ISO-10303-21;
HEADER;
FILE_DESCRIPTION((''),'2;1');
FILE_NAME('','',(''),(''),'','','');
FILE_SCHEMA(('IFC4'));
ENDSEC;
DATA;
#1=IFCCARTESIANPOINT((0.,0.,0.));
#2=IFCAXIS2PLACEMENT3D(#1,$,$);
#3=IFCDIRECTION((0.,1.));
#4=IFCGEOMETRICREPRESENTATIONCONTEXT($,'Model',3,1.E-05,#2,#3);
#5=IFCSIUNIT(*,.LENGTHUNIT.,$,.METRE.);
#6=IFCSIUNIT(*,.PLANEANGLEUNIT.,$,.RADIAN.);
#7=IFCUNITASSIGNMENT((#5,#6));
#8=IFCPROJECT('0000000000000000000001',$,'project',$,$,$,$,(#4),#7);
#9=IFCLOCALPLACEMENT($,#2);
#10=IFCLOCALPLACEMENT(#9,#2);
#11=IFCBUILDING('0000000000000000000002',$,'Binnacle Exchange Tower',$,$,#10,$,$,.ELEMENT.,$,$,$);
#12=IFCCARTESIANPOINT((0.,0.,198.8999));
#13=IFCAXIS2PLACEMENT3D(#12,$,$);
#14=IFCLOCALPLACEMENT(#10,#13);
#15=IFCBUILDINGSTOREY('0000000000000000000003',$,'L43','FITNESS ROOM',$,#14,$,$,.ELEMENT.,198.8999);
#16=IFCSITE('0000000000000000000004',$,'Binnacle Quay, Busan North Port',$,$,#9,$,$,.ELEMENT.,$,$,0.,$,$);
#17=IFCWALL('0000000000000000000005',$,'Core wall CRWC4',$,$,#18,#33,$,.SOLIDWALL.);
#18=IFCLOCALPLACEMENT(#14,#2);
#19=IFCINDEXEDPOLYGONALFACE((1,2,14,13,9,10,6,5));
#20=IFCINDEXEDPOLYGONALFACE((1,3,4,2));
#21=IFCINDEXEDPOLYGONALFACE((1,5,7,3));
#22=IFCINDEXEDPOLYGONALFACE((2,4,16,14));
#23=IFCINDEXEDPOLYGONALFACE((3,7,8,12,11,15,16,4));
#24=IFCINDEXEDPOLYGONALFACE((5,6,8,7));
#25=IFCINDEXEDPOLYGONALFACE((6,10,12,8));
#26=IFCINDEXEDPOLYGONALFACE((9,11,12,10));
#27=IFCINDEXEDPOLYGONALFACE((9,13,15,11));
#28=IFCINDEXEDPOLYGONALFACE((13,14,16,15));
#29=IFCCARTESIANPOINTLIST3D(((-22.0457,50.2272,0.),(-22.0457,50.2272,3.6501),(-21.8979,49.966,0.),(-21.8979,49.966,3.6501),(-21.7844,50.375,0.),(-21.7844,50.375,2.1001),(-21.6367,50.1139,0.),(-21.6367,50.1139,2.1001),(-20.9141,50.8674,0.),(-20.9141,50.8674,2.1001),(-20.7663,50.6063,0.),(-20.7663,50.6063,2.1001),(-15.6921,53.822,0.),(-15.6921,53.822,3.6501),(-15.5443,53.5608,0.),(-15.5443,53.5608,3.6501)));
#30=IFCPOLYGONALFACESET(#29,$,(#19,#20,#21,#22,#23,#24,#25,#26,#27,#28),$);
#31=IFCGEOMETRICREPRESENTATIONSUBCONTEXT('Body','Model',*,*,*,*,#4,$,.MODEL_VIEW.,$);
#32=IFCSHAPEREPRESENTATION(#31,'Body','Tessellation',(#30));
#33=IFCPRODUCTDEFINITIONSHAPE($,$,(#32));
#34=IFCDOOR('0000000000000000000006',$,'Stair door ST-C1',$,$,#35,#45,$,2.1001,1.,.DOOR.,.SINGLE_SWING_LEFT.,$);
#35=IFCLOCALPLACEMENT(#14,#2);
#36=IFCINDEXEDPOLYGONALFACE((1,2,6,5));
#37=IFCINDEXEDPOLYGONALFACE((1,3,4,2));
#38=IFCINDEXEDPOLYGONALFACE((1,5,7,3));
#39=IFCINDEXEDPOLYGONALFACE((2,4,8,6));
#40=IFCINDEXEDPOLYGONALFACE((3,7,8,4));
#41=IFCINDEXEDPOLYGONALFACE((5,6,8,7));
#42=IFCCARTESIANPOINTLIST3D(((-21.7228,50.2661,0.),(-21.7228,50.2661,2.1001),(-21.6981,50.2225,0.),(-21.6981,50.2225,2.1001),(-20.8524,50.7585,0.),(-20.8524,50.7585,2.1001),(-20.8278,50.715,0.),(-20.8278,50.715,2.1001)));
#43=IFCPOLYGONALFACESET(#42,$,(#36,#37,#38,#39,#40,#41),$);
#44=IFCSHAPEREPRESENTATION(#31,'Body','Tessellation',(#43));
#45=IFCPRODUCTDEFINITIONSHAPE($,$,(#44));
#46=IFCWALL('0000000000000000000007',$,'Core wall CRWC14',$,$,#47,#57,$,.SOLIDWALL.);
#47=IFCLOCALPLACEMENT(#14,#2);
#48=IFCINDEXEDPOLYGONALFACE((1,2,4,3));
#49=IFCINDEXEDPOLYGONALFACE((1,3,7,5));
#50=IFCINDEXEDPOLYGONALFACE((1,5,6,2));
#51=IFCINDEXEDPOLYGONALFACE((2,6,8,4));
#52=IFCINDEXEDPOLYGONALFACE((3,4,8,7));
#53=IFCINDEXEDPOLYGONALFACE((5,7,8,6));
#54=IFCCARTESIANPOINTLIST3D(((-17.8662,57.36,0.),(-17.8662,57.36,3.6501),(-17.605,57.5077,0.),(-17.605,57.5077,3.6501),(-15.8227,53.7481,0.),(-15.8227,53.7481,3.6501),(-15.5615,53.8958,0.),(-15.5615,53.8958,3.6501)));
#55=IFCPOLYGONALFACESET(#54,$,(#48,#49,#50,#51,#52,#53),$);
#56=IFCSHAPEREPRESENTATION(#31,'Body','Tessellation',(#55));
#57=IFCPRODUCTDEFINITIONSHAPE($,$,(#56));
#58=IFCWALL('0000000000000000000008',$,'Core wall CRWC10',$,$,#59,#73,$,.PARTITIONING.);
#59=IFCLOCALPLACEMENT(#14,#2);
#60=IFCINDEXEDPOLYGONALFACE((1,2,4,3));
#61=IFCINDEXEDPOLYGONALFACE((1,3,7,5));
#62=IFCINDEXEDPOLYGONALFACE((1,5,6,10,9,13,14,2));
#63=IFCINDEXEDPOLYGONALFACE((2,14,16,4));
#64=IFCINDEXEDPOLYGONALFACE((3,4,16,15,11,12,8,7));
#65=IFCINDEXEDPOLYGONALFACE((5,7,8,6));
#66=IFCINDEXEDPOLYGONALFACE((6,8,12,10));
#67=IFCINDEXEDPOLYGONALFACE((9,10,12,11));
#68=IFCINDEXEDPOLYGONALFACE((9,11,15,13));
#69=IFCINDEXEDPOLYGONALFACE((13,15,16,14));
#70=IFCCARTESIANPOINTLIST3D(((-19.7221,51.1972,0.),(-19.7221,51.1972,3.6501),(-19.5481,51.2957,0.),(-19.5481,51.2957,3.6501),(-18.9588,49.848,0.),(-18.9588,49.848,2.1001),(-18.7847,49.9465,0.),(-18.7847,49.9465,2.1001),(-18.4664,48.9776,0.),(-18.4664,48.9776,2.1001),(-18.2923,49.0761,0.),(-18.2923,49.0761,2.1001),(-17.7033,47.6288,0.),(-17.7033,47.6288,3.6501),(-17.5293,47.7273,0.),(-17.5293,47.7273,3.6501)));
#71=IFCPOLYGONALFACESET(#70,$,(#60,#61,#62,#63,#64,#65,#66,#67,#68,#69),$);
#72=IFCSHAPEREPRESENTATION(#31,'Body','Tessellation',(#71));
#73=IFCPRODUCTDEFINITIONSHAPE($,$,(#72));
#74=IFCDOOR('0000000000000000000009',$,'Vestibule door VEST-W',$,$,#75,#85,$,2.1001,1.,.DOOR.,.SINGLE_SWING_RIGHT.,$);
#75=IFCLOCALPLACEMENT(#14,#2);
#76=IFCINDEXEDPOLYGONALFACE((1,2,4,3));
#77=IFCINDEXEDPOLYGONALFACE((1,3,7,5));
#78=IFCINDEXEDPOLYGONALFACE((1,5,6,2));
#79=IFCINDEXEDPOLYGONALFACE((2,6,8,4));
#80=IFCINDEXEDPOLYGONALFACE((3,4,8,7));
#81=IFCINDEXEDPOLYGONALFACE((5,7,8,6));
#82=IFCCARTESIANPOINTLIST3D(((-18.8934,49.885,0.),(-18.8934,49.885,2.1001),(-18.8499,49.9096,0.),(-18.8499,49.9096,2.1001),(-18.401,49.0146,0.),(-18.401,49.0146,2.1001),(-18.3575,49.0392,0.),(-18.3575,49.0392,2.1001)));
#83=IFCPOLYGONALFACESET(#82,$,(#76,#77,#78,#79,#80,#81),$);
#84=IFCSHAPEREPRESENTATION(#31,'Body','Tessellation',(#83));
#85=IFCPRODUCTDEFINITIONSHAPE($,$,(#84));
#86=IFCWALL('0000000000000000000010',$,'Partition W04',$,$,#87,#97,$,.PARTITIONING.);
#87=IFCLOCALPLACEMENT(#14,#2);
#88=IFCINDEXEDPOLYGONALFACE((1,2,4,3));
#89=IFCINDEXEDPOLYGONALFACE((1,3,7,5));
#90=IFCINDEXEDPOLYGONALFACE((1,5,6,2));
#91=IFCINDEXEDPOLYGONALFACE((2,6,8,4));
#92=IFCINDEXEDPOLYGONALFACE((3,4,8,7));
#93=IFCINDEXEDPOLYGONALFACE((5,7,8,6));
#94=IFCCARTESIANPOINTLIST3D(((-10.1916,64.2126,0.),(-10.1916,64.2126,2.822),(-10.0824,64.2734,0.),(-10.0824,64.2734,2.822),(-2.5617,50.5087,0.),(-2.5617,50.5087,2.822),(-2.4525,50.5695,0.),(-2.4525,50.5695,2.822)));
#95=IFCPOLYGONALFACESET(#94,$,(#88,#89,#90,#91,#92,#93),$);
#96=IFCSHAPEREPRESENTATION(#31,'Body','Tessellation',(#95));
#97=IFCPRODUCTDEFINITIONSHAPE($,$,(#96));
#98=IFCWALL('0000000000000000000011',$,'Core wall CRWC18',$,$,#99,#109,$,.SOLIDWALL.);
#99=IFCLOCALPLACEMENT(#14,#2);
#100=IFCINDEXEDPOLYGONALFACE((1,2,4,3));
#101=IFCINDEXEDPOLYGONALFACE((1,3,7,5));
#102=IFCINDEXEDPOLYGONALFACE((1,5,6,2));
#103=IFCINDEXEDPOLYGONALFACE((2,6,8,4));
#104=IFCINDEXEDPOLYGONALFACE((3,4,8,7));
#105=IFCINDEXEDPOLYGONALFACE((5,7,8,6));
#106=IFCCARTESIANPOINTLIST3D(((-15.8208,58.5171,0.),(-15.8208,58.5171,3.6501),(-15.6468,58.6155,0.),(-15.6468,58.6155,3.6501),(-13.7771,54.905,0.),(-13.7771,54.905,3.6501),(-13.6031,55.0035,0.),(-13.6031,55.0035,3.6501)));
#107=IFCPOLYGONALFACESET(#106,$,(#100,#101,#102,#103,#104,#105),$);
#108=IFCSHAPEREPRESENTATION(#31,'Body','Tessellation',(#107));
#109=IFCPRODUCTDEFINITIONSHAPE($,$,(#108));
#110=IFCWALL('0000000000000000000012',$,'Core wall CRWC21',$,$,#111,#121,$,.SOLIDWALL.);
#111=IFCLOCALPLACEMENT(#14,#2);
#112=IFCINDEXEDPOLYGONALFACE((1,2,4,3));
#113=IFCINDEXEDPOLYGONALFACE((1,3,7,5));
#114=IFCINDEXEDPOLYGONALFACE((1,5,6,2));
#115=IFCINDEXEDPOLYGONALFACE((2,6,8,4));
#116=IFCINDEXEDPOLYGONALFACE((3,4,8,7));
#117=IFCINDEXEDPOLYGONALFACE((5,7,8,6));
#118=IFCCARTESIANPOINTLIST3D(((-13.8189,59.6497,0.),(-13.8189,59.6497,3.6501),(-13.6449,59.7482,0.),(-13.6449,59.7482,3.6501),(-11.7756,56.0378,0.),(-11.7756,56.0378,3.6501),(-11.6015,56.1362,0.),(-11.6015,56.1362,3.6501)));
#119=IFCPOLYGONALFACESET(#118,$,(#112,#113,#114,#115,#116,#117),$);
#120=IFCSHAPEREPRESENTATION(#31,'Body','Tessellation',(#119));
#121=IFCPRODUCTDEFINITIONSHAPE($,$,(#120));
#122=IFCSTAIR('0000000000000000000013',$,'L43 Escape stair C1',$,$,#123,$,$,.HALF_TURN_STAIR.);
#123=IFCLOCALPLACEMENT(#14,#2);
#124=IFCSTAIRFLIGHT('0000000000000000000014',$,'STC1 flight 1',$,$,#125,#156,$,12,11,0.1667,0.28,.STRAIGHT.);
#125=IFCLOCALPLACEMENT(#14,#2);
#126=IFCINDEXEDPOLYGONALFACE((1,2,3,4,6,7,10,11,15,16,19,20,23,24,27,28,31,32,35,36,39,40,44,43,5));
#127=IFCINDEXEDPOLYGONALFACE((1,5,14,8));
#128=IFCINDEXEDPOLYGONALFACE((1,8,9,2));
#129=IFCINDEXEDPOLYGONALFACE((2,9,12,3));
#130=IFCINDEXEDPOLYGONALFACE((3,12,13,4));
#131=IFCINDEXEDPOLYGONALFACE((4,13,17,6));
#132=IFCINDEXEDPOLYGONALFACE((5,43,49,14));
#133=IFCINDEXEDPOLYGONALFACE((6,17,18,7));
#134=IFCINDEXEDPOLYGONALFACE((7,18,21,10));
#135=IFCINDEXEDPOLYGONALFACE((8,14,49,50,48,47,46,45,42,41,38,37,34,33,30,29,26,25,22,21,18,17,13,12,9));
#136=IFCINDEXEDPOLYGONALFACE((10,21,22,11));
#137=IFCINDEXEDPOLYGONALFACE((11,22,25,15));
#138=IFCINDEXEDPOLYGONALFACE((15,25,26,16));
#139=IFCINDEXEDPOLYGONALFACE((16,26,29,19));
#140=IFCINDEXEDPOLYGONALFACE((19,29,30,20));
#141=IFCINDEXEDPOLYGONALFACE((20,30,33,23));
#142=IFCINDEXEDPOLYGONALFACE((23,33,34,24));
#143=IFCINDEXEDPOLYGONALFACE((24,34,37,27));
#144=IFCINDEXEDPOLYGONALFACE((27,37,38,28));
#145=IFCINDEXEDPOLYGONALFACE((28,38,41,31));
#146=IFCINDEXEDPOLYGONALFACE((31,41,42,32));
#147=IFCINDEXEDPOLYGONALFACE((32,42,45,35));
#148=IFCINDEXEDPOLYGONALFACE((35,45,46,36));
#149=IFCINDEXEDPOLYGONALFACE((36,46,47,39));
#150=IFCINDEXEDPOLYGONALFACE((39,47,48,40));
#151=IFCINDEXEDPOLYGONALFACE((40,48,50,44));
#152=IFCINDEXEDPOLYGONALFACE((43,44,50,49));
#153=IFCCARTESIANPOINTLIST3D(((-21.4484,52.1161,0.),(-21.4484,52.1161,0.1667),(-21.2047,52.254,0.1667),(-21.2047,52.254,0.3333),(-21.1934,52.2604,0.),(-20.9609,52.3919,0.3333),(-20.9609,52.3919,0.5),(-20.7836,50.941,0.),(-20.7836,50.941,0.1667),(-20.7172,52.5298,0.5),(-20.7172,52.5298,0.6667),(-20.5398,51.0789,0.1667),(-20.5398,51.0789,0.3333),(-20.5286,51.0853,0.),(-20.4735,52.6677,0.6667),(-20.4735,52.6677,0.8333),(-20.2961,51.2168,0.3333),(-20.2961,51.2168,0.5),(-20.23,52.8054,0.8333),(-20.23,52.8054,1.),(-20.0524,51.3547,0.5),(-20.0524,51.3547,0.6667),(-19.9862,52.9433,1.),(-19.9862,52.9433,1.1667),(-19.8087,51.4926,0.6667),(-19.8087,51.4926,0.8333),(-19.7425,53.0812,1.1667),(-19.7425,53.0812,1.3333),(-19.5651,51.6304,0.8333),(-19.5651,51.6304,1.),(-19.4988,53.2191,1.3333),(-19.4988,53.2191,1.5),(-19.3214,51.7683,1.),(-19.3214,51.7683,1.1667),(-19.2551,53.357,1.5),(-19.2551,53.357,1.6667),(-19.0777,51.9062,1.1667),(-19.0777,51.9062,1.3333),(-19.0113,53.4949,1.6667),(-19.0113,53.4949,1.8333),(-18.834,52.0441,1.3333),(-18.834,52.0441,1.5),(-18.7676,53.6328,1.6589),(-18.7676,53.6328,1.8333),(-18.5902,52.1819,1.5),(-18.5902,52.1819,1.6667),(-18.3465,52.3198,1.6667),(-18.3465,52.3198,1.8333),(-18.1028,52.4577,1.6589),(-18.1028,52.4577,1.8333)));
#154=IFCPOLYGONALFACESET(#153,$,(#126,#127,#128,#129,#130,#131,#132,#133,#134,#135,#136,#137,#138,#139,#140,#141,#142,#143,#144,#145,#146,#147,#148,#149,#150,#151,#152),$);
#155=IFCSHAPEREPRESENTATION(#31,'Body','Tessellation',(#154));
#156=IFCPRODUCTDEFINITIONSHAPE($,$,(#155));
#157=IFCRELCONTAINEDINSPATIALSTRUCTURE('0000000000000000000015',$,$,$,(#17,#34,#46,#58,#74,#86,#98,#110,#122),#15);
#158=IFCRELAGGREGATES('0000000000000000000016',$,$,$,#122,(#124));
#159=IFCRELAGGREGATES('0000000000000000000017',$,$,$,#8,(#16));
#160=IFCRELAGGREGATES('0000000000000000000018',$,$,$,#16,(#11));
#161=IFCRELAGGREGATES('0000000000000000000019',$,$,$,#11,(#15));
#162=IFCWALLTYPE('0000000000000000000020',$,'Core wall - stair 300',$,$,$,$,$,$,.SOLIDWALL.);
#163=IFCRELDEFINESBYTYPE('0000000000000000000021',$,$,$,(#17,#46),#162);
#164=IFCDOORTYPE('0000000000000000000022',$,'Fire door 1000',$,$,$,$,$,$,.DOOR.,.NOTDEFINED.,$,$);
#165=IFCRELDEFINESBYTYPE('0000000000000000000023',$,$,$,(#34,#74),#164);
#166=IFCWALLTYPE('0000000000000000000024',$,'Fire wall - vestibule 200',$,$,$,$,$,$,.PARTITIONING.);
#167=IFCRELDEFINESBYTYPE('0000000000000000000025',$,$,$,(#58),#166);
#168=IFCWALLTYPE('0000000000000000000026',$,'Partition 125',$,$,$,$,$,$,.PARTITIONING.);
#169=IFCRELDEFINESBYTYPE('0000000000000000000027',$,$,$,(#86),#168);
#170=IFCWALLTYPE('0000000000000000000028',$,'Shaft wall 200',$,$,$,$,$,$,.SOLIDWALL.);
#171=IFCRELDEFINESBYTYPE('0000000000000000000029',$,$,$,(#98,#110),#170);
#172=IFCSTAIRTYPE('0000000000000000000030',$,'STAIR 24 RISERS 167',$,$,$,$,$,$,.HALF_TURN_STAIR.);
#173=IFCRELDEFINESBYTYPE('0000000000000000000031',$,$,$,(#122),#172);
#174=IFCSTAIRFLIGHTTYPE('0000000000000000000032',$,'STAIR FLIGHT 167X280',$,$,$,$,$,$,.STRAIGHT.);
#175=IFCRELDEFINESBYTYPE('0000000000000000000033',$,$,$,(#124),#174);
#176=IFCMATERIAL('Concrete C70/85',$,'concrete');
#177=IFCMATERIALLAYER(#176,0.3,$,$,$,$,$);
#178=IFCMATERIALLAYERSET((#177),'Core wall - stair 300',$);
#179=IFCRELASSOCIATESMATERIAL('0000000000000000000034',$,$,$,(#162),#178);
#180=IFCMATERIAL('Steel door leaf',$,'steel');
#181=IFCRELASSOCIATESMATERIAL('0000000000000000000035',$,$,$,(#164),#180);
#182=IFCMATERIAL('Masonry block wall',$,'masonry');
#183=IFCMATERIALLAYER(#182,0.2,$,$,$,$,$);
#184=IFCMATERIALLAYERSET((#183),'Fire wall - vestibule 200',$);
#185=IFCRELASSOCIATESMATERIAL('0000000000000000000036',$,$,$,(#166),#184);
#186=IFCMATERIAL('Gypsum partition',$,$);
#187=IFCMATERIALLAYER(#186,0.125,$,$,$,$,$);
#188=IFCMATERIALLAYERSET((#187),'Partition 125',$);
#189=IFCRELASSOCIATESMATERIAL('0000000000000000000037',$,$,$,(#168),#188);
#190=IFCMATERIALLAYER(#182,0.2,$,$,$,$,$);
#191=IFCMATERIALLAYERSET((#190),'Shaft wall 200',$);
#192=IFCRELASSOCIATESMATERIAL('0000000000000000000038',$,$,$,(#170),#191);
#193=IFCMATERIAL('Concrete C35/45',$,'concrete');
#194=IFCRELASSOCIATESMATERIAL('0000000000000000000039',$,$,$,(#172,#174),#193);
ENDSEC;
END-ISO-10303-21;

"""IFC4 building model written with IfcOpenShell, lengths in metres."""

from ifc_helpers import new_model, si_unit, direction, frame, frame_2d, origin, place, context, subcontext, project, spatial, polyline, rectangle, outline, extrude, material, layer, layer_set, type_object, element, fill, aggregate, save


model = new_model("IFC4")

# Units and contexts
model_context = context("Model", 3, precision=1e-05, world=origin(), true_north=direction((0.0, 1.0)))
body_context = subcontext(model_context, "Body", "Model", "MODEL_VIEW")
ifc_project = project(units=[si_unit("LENGTHUNIT", "METRE"), si_unit("PLANEANGLEUNIT", "RADIAN")], contexts=[model_context])

# Site, building, storey
site_placement = place(None, origin())
site = spatial("IfcSite", under=ifc_project, at=site_placement, Name="Binnacle Quay, Busan North Port", CompositionType="ELEMENT", RefElevation=0.0)
building_placement = place(site_placement, origin())
building = spatial("IfcBuilding", under=site, at=building_placement, Name="Binnacle Exchange Tower", CompositionType="ELEMENT")
storey_placement = place(building_placement, frame((0.0, 0.0, 198.8999)))
storey = spatial("IfcBuildingStorey", under=building, at=storey_placement, Name="L43", Description="FITNESS ROOM", CompositionType="ELEMENT", Elevation=198.8999)

# Shared definitions
ifc_material_1 = material(Name="Concrete C70/85", Category="concrete")

# Shared definitions
ifc_material_2 = material(Name="Steel door leaf", Category="steel")

# Wall, opening, door
ifc_layer_1 = layer(ifc_material_1, 0.3)
ifc_layer_set_1 = layer_set([ifc_layer_1], Name="Core wall - stair 300")
wall_type_1 = type_object("IfcWallType", Name="Core wall - stair 300", PredefinedType="SOLIDWALL", material=ifc_layer_set_1)
wall_1_placement = place(storey_placement, frame((-21.9717, 50.0967, 0.0), z_axis=(0.0, 0.0, 1.0), x_axis=(0.870351, 0.492432, 0.0)))
wall_1 = element("IfcWall", 1, at=wall_1_placement, inside=storey, type_object=wall_type_1, Name="Core wall CRWC4", PredefinedType="SOLIDWALL", context=body_context, shape_type="SweptSolid", body=[
    extrude(rectangle(XDim=7.3, YDim=0.3, at=frame_2d((3.6499, 0.0))), origin(), (0.0, 0.0, 1.0), 3.6501),
])
opening_1_placement = place(wall_1_placement, frame((0.3, 0.0, 0.0)))
opening_1 = element("IfcOpeningElement", 2, at=opening_1_placement, cuts=wall_1, PredefinedType="OPENING", context=body_context, shape_type="SweptSolid", body=[
    extrude(rectangle(XDim=1.0, YDim=2.1001, at=frame_2d((0.5, 1.05))), frame((0.0, 0.1599, 0.0), z_axis=(0.0, -1.0, 0.0), x_axis=(1.0, 0.0, 0.0)), (0.0, 0.0, 1.0), 0.3201),
])
door_type_1 = type_object("IfcDoorType", Name="Fire door 1000", OperationType="NOTDEFINED", PredefinedType="DOOR", material=ifc_material_2)
door_1_placement = place(opening_1_placement, origin())
door_1 = element("IfcDoor", 3, at=door_1_placement, inside=storey, type_object=door_type_1, Name="Stair door ST-C1", OperationType="SINGLE_SWING_LEFT", OverallHeight=2.1001, OverallWidth=1.0, PredefinedType="DOOR", context=body_context, shape_type="SweptSolid", body=[
    extrude(rectangle(XDim=1.0, YDim=2.1001, at=frame_2d((0.5, 1.05))), frame((0.0, 0.0249, 0.0), z_axis=(0.0, -1.0, 0.0), x_axis=(1.0, 0.0, 0.0)), (0.0, 0.0, 1.0), 0.05),
])
fill(opening_1, door_1)

# Wall
wall_2_placement = place(storey_placement, frame((-17.7356, 57.4338, 0.0), z_axis=(0.0, 0.0, 1.0), x_axis=(0.492422, -0.870357, 0.0)))
element("IfcWall", 4, at=wall_2_placement, inside=storey, type_object=wall_type_1, Name="Core wall CRWC14", PredefinedType="SOLIDWALL", context=body_context, shape_type="SweptSolid", body=[
    extrude(rectangle(XDim=4.1499, YDim=0.3, at=frame_2d((2.075, 0.0))), origin(), (0.0, 0.0, 1.0), 3.6501),
])

# Wall, opening, door
ifc_material_3 = material(Name="Masonry block wall", Category="masonry")
ifc_layer_2 = layer(ifc_material_3, 0.2)
ifc_layer_set_2 = layer_set([ifc_layer_2], Name="Fire wall - vestibule 200")
wall_type_2 = type_object("IfcWallType", Name="Fire wall - vestibule 200", PredefinedType="PARTITIONING", material=ifc_layer_set_2)
wall_3_placement = place(storey_placement, frame((-19.635, 51.2463, 0.0), z_axis=(0.0, 0.0, 1.0), x_axis=(0.492408, -0.870364, 0.0)))
wall_3 = element("IfcWall", 5, at=wall_3_placement, inside=storey, type_object=wall_type_2, Name="Core wall CRWC10", PredefinedType="PARTITIONING", context=body_context, shape_type="SweptSolid", body=[
    extrude(rectangle(XDim=4.0999, YDim=0.2, at=frame_2d((2.0498, 0.0))), origin(), (0.0, 0.0, 1.0), 3.6501),
])
opening_2_placement = place(wall_3_placement, frame((1.55, 0.0, 0.0)))
opening_2 = element("IfcOpeningElement", 6, at=opening_2_placement, cuts=wall_3, PredefinedType="OPENING", context=body_context, shape_type="SweptSolid", body=[
    extrude(rectangle(XDim=1.0, YDim=2.1001, at=frame_2d((0.5, 1.05))), frame((0.0, 0.1099, 0.0), z_axis=(0.0, -1.0, 0.0), x_axis=(1.0, 0.0, 0.0)), (0.0, 0.0, 1.0), 0.22),
])
door_2_placement = place(opening_2_placement, frame((1.0, 0.0, 0.0), z_axis=(0.0, 0.0, 1.0), x_axis=(-1.0, 0.0, 0.0)))
door_2 = element("IfcDoor", 7, at=door_2_placement, inside=storey, type_object=door_type_1, Name="Vestibule door VEST-W", OperationType="SINGLE_SWING_RIGHT", OverallHeight=2.1001, OverallWidth=1.0, PredefinedType="DOOR", context=body_context, shape_type="SweptSolid", body=[
    extrude(rectangle(XDim=1.0, YDim=2.1001, at=frame_2d((0.5, 1.05))), frame((0.0, 0.0249, 0.0), z_axis=(0.0, -1.0, 0.0), x_axis=(1.0, 0.0, 0.0)), (0.0, 0.0, 1.0), 0.05),
])
fill(opening_2, door_2)

# Walls
ifc_material_4 = material(Name="Gypsum partition")
ifc_layer_3 = layer(ifc_material_4, 0.125)
ifc_layer_set_3 = layer_set([ifc_layer_3], Name="Partition 125")
wall_type_3 = type_object("IfcWallType", Name="Partition 125", PredefinedType="PARTITIONING", material=ifc_layer_set_3)
wall_4_placement = place(storey_placement, frame((-10.137, 64.2429, 0.0), z_axis=(0.0, 0.0, 1.0), x_axis=(0.486453, -0.873707, 0.0)))
element("IfcWall", 8, at=wall_4_placement, inside=storey, type_object=wall_type_3, Name="Partition W04", PredefinedType="PARTITIONING", context=body_context, shape_type="SweptSolid", body=[
    extrude(rectangle(XDim=15.6848, YDim=0.125, at=frame_2d((7.8423, 0.0))), origin(), (0.0, 0.0, 1.0), 2.822),
])
ifc_layer_4 = layer(ifc_material_3, 0.2)
ifc_layer_set_4 = layer_set([ifc_layer_4], Name="Shaft wall 200")
wall_type_4 = type_object("IfcWallType", Name="Shaft wall 200", PredefinedType="SOLIDWALL", material=ifc_layer_set_4)
wall_5_placement = place(storey_placement, frame((-15.7339, 58.5664, 0.0), z_axis=(0.0, 0.0, 1.0), x_axis=(0.492441, -0.870346, 0.0)))
element("IfcWall", 9, at=wall_5_placement, inside=storey, type_object=wall_type_4, Name="Core wall CRWC18", PredefinedType="SOLIDWALL", context=body_context, shape_type="SweptSolid", body=[
    extrude(rectangle(XDim=4.1501, YDim=0.2, at=frame_2d((2.0752, 0.0))), origin(), (0.0, 0.0, 1.0), 3.6501),
])
wall_6_placement = place(storey_placement, frame((-13.7319, 59.699, 0.0), z_axis=(0.0, 0.0, 1.0), x_axis=(0.492396, -0.870371, 0.0)))
element("IfcWall", 10, at=wall_6_placement, inside=storey, type_object=wall_type_4, Name="Core wall CRWC21", PredefinedType="SOLIDWALL", context=body_context, shape_type="SweptSolid", body=[
    extrude(rectangle(XDim=4.1499, YDim=0.2, at=frame_2d((2.075, 0.0))), origin(), (0.0, 0.0, 1.0), 3.6501),
])

# Stair, stair flight
ifc_material_5 = material(Name="Concrete C35/45", Category="concrete")
stair_type = type_object("IfcStairType", Name="STAIR 24 RISERS 167", PredefinedType="HALF_TURN_STAIR", material=ifc_material_5)
stair_placement = place(storey_placement, origin())
stair = element("IfcStair", 11, at=stair_placement, inside=storey, type_object=stair_type, Name="L43 Escape stair C1", PredefinedType="HALF_TURN_STAIR")
stair_flight_type = type_object("IfcStairFlightType", Name="STAIR FLIGHT 167X280", PredefinedType="STRAIGHT", material=ifc_material_5)
stair_flight_1_placement = place(storey_placement, frame((-21.116, 51.5286, 0.0), z_axis=(0.0, 0.0, 1.0), x_axis=(0.870356, 0.492424, 0.0)))
stair_flight_1 = element("IfcStairFlight", 12, at=stair_flight_1_placement, type_object=stair_flight_type, Name="STC1 flight 1", NumberOfRisers=12, NumberOfTreads=11, PredefinedType="STRAIGHT", RiserHeight=0.1667, TreadLength=0.28, context=body_context, shape_type="SweptSolid", body=[
    extrude(outline(polyline([(0.0, 0.0), (0.0, 0.1667), (0.28, 0.1667), (0.28, 0.3333), (0.5601, 0.3333), (0.5601, 0.5), (0.8401, 0.5), (0.8401, 0.6667), (1.1201, 0.6667), (1.1201, 0.8333), (1.3999, 0.8333), (1.3999, 1.0), (1.6799, 1.0), (1.6799, 1.1667), (1.96, 1.1667), (1.96, 1.3333), (2.24, 1.3333), (2.24, 1.5), (2.52, 1.5), (2.52, 1.6667), (2.8, 1.6667), (2.8, 1.8333), (3.0801, 1.8333), (3.0801, 2.0), (3.0801, 1.6589), (0.293, 0.0), (0.0, 0.0)])), frame((0.0, 0.675, 0.0), z_axis=(0.0, -1.0, 0.0), x_axis=(1.0, 0.0, 0.0)), (0.0, 0.0, 1.0), 1.3501),
])
aggregate(stair, [stair_flight_1])

save(model, "model.ifc")
